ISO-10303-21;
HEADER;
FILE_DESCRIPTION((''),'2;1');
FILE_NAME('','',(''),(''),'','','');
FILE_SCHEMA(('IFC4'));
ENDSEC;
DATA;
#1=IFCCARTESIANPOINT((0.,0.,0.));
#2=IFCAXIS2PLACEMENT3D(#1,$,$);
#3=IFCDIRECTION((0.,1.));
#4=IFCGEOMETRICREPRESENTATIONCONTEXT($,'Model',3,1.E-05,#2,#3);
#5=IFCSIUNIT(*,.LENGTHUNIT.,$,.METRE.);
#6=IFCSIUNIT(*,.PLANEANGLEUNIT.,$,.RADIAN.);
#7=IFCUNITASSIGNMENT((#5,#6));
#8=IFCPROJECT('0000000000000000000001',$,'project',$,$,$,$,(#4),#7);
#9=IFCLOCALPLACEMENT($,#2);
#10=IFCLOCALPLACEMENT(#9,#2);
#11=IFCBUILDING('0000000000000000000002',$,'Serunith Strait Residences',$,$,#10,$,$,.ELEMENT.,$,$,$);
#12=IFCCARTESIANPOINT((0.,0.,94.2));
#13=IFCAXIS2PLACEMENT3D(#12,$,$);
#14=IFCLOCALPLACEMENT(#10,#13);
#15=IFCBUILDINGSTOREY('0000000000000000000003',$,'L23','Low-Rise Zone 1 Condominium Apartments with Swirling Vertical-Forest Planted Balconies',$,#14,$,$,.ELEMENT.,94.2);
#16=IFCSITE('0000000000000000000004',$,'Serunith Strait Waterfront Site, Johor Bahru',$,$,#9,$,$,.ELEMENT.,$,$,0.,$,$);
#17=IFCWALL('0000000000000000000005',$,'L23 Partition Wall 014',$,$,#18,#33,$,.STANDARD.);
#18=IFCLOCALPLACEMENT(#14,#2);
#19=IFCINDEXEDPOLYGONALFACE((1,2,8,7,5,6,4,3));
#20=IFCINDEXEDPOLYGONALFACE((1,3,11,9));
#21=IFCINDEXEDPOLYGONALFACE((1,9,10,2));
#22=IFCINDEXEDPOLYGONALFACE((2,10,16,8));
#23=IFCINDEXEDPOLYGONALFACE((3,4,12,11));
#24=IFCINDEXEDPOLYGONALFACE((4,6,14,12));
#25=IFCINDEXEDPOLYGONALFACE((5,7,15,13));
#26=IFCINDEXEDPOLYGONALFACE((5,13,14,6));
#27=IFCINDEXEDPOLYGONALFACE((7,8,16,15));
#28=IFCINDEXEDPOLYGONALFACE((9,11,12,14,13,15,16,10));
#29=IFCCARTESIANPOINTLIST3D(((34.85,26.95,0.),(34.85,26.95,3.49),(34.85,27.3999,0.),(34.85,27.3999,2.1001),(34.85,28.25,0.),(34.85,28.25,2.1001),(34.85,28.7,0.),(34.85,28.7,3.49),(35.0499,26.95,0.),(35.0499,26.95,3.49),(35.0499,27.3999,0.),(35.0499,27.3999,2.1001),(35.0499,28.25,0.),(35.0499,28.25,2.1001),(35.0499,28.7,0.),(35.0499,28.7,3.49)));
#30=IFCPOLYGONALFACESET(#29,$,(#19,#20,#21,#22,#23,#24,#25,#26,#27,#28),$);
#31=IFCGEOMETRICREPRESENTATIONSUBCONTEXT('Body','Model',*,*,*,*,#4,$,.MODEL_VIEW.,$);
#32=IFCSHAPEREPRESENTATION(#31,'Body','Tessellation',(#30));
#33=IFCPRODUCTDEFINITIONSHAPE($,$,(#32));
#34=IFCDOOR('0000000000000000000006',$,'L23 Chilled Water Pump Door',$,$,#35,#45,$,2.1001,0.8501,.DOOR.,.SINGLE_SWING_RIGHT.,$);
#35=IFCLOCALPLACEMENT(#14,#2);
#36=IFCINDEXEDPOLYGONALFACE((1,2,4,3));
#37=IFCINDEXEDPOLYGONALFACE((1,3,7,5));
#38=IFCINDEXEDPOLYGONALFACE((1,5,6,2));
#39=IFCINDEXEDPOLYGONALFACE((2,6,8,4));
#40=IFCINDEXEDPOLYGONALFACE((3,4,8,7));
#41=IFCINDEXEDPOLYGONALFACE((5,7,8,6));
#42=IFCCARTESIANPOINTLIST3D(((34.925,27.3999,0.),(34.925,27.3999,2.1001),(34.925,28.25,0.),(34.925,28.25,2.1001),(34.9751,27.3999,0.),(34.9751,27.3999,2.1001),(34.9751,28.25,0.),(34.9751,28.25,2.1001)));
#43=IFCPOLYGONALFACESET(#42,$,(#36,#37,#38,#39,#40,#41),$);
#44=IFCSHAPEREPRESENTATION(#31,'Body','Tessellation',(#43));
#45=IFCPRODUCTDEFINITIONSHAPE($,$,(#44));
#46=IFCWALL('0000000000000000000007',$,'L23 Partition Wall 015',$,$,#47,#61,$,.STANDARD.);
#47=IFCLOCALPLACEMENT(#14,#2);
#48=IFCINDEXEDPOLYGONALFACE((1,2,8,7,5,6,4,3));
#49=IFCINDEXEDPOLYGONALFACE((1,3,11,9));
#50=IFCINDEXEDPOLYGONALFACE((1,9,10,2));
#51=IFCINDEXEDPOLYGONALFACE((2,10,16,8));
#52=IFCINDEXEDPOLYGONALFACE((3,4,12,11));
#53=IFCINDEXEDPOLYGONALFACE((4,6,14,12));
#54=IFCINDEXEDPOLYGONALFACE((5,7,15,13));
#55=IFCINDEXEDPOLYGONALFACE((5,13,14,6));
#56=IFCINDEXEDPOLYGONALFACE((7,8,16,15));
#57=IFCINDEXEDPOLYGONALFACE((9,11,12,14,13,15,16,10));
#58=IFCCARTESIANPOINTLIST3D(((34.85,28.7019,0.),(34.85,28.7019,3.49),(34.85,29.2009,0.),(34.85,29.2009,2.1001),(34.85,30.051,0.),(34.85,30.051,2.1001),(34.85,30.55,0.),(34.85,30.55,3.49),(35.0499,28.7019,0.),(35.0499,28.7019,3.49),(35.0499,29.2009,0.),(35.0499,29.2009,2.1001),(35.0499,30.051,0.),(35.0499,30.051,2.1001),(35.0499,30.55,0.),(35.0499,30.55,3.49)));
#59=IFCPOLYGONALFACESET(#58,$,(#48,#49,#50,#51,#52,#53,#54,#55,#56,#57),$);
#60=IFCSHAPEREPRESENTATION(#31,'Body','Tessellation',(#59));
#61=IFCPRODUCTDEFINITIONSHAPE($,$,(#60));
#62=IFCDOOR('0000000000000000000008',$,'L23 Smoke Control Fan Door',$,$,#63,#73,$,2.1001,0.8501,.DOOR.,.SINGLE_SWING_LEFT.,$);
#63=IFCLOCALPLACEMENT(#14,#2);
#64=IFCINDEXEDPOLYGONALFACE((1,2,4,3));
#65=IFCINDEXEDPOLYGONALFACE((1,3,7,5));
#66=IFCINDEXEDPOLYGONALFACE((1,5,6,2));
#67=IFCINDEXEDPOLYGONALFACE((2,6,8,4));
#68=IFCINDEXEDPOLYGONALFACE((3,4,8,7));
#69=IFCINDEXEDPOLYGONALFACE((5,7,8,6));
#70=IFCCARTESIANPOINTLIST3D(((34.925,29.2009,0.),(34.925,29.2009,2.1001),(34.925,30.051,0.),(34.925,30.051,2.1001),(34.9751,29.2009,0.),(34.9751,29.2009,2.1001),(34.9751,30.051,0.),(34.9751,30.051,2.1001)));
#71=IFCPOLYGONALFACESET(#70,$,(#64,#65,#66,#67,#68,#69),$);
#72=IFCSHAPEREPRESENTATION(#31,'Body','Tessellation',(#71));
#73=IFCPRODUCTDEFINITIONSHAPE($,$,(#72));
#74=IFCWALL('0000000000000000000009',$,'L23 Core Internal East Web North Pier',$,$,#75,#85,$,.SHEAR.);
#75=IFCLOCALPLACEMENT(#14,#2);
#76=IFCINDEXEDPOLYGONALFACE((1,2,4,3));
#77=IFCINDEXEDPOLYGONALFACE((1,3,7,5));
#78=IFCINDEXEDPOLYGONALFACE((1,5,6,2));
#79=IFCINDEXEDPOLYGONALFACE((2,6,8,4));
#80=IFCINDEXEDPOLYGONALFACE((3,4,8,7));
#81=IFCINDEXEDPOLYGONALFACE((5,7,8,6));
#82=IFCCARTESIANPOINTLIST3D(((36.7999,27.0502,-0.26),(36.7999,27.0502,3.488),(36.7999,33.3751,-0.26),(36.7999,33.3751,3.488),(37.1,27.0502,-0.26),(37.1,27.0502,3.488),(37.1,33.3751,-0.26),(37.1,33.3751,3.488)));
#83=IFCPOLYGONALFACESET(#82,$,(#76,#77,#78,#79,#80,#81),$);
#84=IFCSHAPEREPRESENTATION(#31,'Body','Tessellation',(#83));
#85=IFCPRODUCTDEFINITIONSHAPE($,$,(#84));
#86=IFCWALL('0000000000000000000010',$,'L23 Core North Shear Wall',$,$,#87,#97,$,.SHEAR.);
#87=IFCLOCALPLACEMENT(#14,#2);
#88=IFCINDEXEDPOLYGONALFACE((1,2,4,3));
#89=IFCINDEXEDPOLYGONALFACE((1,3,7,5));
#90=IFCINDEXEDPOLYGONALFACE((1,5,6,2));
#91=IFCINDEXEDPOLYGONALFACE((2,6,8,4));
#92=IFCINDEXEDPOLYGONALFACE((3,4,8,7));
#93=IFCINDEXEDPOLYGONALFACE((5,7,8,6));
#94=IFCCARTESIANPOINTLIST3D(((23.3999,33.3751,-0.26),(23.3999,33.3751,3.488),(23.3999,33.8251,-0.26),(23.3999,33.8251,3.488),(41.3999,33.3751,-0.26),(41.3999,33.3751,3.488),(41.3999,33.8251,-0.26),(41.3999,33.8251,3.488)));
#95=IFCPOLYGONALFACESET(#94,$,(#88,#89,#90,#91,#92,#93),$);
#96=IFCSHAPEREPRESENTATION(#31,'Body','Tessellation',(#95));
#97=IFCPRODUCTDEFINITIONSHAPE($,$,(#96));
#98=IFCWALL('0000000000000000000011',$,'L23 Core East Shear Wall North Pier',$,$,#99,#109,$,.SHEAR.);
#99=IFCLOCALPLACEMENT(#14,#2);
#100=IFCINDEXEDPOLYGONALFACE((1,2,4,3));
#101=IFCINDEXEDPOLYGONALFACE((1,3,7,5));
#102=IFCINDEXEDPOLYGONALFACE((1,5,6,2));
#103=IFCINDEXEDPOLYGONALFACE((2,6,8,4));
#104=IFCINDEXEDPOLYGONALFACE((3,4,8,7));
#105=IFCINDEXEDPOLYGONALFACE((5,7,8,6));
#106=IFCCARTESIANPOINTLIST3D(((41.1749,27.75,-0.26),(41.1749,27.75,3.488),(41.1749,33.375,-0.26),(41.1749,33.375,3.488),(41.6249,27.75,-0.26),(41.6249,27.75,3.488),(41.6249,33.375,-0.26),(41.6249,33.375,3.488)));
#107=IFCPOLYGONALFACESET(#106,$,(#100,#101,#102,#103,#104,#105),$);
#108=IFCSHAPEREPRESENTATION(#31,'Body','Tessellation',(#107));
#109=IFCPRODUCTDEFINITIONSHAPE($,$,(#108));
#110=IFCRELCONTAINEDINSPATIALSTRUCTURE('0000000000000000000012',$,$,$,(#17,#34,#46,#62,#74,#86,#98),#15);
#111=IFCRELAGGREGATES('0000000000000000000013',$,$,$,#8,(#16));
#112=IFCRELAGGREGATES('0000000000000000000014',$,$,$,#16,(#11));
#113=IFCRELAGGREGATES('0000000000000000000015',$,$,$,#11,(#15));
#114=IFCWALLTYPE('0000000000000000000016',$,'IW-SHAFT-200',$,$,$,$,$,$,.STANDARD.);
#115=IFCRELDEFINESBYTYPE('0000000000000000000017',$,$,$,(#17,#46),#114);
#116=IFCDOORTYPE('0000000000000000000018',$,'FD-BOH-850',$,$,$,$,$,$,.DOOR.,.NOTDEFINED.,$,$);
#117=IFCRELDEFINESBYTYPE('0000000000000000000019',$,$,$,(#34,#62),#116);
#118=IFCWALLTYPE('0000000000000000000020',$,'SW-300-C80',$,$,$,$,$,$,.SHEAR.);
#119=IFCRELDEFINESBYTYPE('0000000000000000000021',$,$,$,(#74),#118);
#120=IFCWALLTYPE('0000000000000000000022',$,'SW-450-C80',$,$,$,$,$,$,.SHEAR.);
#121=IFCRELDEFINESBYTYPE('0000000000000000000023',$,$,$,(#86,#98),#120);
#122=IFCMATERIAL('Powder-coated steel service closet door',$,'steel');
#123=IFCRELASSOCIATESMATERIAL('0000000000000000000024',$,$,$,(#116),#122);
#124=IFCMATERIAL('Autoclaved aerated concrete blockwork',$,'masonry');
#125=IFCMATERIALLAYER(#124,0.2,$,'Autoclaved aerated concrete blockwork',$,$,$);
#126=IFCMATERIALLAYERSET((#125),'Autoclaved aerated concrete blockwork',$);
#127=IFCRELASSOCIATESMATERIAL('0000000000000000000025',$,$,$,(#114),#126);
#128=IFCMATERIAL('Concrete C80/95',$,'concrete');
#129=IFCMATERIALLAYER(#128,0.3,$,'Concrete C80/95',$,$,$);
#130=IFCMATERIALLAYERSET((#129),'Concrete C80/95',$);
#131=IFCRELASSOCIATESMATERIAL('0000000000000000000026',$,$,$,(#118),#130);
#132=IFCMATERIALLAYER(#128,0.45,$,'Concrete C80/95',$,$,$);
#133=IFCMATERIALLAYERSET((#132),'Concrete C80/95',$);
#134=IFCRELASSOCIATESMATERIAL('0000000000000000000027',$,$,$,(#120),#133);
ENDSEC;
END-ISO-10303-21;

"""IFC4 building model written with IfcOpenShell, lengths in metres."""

from ifc_helpers import new_model, si_unit, direction, frame, frame_2d, origin, place, context, subcontext, project, spatial, rectangle, extrude, source, transform, mapped, material, layer, layer_set, type_object, element, fill, save


model = new_model("IFC4")

# Units and contexts
model_context = context("Model", 3, precision=1e-05, world=origin(), true_north=direction((0.0, 1.0)))
body_context = subcontext(model_context, "Body", "Model", "MODEL_VIEW")
ifc_project = project(units=[si_unit("LENGTHUNIT", "METRE"), si_unit("PLANEANGLEUNIT", "RADIAN")], contexts=[model_context])

# Site, building, storey
site_placement = place(None, origin())
site = spatial("IfcSite", under=ifc_project, at=site_placement, Name="Serunith Strait Waterfront Site, Johor Bahru", CompositionType="ELEMENT", RefElevation=0.0)
building_placement = place(site_placement, origin())
building = spatial("IfcBuilding", under=site, at=building_placement, Name="Serunith Strait Residences", CompositionType="ELEMENT")
storey_placement = place(building_placement, frame((0.0, 0.0, 94.2)))
storey = spatial("IfcBuildingStorey", under=building, at=storey_placement, Name="L23", Description="Low-Rise Zone 1 Condominium Apartments with Swirling Vertical-Forest Planted Balconies", CompositionType="ELEMENT", Elevation=94.2)

# Shared definitions
ifc_material_1 = material(Name="Powder-coated steel service closet door", Category="steel")
door_type_1 = type_object("IfcDoorType", Name="FD-BOH-850", OperationType="NOTDEFINED", PredefinedType="DOOR", material=ifc_material_1)
shared_shape_1 = source(origin(), body_context, "Body", "SweptSolid", [
    extrude(rectangle(XDim=0.8501, YDim=2.1001, at=frame_2d((0.425, 1.05))), frame((0.0, 0.0249, 0.0), z_axis=(0.0, -1.0, 0.0), x_axis=(1.0, 0.0, 0.0)), (0.0, 0.0, 1.0), 0.05),
])

# Shared definitions
ifc_material_2 = material(Name="Autoclaved aerated concrete blockwork", Category="masonry")
ifc_layer_1 = layer(ifc_material_2, 0.2, Name="Autoclaved aerated concrete blockwork")
ifc_layer_set_1 = layer_set([ifc_layer_1], Name="Autoclaved aerated concrete blockwork")
wall_type_1 = type_object("IfcWallType", Name="IW-SHAFT-200", PredefinedType="STANDARD", material=ifc_layer_set_1)

# Walls, openings, doors
wall_1_placement = place(storey_placement, frame((34.95, 26.95, 0.0), z_axis=(0.0, 0.0, 1.0), x_axis=(0.0, 1.0, 0.0)))
wall_1 = element("IfcWall", 1, at=wall_1_placement, inside=storey, type_object=wall_type_1, Name="L23 Partition Wall 014", PredefinedType="STANDARD", context=body_context, shape_type="SweptSolid", body=[
    extrude(rectangle(XDim=1.75, YDim=0.2, at=frame_2d((0.875, 0.0))), origin(), (0.0, 0.0, 1.0), 3.49),
])
opening_1_placement = place(wall_1_placement, frame((0.45, 0.0, 0.0)))
opening_1 = element("IfcOpeningElement", 2, at=opening_1_placement, cuts=wall_1, PredefinedType="OPENING", context=body_context, shape_type="SweptSolid", body=[
    extrude(rectangle(XDim=0.8501, YDim=2.1001, at=frame_2d((0.425, 1.05))), frame((0.0, 0.1099, 0.0), z_axis=(0.0, -1.0, 0.0), x_axis=(1.0, 0.0, 0.0)), (0.0, 0.0, 1.0), 0.22),
])
door_1_placement = place(opening_1_placement, origin())
door_1 = element("IfcDoor", 3, at=door_1_placement, inside=storey, type_object=door_type_1, Name="L23 Chilled Water Pump Door", OperationType="SINGLE_SWING_RIGHT", OverallHeight=2.1001, OverallWidth=0.8501, PredefinedType="DOOR", context=body_context, shape_type="MappedRepresentation", body=[
    mapped(shared_shape_1, transform((0.0, 0.0, 0.0), scale=1.0)),
])
fill(opening_1, door_1)
wall_2_placement = place(storey_placement, frame((34.95, 28.7019, 0.0), z_axis=(0.0, 0.0, 1.0), x_axis=(0.0, 1.0, 0.0)))
wall_2 = element("IfcWall", 4, at=wall_2_placement, inside=storey, type_object=wall_type_1, Name="L23 Partition Wall 015", PredefinedType="STANDARD", context=body_context, shape_type="SweptSolid", body=[
    extrude(rectangle(XDim=1.8481, YDim=0.2, at=frame_2d((0.9241, 0.0))), origin(), (0.0, 0.0, 1.0), 3.49),
])
opening_2_placement = place(wall_2_placement, frame((0.499, 0.0, 0.0)))
opening_2 = element("IfcOpeningElement", 5, at=opening_2_placement, cuts=wall_2, PredefinedType="OPENING", context=body_context, shape_type="SweptSolid", body=[
    extrude(rectangle(XDim=0.8501, YDim=2.1001, at=frame_2d((0.425, 1.05))), frame((0.0, 0.1099, 0.0), z_axis=(0.0, -1.0, 0.0), x_axis=(1.0, 0.0, 0.0)), (0.0, 0.0, 1.0), 0.22),
])
door_2_placement = place(opening_2_placement, origin())
door_2 = element("IfcDoor", 6, at=door_2_placement, inside=storey, type_object=door_type_1, Name="L23 Smoke Control Fan Door", OperationType="SINGLE_SWING_LEFT", OverallHeight=2.1001, OverallWidth=0.8501, PredefinedType="DOOR", context=body_context, shape_type="MappedRepresentation", body=[
    mapped(shared_shape_1, transform((0.0, 0.0, 0.0), scale=1.0)),
])
fill(opening_2, door_2)

# Walls
ifc_material_3 = material(Name="Concrete C80/95", Category="concrete")
ifc_layer_2 = layer(ifc_material_3, 0.3, Name="Concrete C80/95")
ifc_layer_set_2 = layer_set([ifc_layer_2], Name="Concrete C80/95")
wall_type_2 = type_object("IfcWallType", Name="SW-300-C80", PredefinedType="SHEAR", material=ifc_layer_set_2)
wall_3_placement = place(storey_placement, frame((36.95, 27.05, -0.26), z_axis=(0.0, 0.0, 1.0), x_axis=(0.0, 1.0, 0.0)))
element("IfcWall", 7, at=wall_3_placement, inside=storey, type_object=wall_type_2, Name="L23 Core Internal East Web North Pier", PredefinedType="SHEAR", context=body_context, shape_type="SweptSolid", body=[
    extrude(rectangle(XDim=6.325, YDim=0.3, at=frame_2d((3.1626, 0.0))), origin(), (0.0, 0.0, 1.0), 3.748),
])
ifc_layer_3 = layer(ifc_material_3, 0.45, Name="Concrete C80/95")
ifc_layer_set_3 = layer_set([ifc_layer_3], Name="Concrete C80/95")
wall_type_3 = type_object("IfcWallType", Name="SW-450-C80", PredefinedType="SHEAR", material=ifc_layer_set_3)
wall_4_placement = place(storey_placement, frame((41.3999, 33.6001, -0.26), z_axis=(0.0, 0.0, 1.0), x_axis=(-1.0, 0.0, 0.0)))
element("IfcWall", 8, at=wall_4_placement, inside=storey, type_object=wall_type_3, Name="L23 Core North Shear Wall", PredefinedType="SHEAR", context=body_context, shape_type="SweptSolid", body=[
    extrude(rectangle(XDim=18.0, YDim=0.45, at=frame_2d((9.0, 0.0))), origin(), (0.0, 0.0, 1.0), 3.748),
])
wall_5_placement = place(storey_placement, frame((41.3999, 27.75, -0.26), z_axis=(0.0, 0.0, 1.0), x_axis=(0.0, 1.0, 0.0)))
element("IfcWall", 9, at=wall_5_placement, inside=storey, type_object=wall_type_3, Name="L23 Core East Shear Wall North Pier", PredefinedType="SHEAR", context=body_context, shape_type="SweptSolid", body=[
    extrude(rectangle(XDim=5.625, YDim=0.45, at=frame_2d((2.8125, 0.0))), origin(), (0.0, 0.0, 1.0), 3.748),
])

save(model, "model.ifc")
